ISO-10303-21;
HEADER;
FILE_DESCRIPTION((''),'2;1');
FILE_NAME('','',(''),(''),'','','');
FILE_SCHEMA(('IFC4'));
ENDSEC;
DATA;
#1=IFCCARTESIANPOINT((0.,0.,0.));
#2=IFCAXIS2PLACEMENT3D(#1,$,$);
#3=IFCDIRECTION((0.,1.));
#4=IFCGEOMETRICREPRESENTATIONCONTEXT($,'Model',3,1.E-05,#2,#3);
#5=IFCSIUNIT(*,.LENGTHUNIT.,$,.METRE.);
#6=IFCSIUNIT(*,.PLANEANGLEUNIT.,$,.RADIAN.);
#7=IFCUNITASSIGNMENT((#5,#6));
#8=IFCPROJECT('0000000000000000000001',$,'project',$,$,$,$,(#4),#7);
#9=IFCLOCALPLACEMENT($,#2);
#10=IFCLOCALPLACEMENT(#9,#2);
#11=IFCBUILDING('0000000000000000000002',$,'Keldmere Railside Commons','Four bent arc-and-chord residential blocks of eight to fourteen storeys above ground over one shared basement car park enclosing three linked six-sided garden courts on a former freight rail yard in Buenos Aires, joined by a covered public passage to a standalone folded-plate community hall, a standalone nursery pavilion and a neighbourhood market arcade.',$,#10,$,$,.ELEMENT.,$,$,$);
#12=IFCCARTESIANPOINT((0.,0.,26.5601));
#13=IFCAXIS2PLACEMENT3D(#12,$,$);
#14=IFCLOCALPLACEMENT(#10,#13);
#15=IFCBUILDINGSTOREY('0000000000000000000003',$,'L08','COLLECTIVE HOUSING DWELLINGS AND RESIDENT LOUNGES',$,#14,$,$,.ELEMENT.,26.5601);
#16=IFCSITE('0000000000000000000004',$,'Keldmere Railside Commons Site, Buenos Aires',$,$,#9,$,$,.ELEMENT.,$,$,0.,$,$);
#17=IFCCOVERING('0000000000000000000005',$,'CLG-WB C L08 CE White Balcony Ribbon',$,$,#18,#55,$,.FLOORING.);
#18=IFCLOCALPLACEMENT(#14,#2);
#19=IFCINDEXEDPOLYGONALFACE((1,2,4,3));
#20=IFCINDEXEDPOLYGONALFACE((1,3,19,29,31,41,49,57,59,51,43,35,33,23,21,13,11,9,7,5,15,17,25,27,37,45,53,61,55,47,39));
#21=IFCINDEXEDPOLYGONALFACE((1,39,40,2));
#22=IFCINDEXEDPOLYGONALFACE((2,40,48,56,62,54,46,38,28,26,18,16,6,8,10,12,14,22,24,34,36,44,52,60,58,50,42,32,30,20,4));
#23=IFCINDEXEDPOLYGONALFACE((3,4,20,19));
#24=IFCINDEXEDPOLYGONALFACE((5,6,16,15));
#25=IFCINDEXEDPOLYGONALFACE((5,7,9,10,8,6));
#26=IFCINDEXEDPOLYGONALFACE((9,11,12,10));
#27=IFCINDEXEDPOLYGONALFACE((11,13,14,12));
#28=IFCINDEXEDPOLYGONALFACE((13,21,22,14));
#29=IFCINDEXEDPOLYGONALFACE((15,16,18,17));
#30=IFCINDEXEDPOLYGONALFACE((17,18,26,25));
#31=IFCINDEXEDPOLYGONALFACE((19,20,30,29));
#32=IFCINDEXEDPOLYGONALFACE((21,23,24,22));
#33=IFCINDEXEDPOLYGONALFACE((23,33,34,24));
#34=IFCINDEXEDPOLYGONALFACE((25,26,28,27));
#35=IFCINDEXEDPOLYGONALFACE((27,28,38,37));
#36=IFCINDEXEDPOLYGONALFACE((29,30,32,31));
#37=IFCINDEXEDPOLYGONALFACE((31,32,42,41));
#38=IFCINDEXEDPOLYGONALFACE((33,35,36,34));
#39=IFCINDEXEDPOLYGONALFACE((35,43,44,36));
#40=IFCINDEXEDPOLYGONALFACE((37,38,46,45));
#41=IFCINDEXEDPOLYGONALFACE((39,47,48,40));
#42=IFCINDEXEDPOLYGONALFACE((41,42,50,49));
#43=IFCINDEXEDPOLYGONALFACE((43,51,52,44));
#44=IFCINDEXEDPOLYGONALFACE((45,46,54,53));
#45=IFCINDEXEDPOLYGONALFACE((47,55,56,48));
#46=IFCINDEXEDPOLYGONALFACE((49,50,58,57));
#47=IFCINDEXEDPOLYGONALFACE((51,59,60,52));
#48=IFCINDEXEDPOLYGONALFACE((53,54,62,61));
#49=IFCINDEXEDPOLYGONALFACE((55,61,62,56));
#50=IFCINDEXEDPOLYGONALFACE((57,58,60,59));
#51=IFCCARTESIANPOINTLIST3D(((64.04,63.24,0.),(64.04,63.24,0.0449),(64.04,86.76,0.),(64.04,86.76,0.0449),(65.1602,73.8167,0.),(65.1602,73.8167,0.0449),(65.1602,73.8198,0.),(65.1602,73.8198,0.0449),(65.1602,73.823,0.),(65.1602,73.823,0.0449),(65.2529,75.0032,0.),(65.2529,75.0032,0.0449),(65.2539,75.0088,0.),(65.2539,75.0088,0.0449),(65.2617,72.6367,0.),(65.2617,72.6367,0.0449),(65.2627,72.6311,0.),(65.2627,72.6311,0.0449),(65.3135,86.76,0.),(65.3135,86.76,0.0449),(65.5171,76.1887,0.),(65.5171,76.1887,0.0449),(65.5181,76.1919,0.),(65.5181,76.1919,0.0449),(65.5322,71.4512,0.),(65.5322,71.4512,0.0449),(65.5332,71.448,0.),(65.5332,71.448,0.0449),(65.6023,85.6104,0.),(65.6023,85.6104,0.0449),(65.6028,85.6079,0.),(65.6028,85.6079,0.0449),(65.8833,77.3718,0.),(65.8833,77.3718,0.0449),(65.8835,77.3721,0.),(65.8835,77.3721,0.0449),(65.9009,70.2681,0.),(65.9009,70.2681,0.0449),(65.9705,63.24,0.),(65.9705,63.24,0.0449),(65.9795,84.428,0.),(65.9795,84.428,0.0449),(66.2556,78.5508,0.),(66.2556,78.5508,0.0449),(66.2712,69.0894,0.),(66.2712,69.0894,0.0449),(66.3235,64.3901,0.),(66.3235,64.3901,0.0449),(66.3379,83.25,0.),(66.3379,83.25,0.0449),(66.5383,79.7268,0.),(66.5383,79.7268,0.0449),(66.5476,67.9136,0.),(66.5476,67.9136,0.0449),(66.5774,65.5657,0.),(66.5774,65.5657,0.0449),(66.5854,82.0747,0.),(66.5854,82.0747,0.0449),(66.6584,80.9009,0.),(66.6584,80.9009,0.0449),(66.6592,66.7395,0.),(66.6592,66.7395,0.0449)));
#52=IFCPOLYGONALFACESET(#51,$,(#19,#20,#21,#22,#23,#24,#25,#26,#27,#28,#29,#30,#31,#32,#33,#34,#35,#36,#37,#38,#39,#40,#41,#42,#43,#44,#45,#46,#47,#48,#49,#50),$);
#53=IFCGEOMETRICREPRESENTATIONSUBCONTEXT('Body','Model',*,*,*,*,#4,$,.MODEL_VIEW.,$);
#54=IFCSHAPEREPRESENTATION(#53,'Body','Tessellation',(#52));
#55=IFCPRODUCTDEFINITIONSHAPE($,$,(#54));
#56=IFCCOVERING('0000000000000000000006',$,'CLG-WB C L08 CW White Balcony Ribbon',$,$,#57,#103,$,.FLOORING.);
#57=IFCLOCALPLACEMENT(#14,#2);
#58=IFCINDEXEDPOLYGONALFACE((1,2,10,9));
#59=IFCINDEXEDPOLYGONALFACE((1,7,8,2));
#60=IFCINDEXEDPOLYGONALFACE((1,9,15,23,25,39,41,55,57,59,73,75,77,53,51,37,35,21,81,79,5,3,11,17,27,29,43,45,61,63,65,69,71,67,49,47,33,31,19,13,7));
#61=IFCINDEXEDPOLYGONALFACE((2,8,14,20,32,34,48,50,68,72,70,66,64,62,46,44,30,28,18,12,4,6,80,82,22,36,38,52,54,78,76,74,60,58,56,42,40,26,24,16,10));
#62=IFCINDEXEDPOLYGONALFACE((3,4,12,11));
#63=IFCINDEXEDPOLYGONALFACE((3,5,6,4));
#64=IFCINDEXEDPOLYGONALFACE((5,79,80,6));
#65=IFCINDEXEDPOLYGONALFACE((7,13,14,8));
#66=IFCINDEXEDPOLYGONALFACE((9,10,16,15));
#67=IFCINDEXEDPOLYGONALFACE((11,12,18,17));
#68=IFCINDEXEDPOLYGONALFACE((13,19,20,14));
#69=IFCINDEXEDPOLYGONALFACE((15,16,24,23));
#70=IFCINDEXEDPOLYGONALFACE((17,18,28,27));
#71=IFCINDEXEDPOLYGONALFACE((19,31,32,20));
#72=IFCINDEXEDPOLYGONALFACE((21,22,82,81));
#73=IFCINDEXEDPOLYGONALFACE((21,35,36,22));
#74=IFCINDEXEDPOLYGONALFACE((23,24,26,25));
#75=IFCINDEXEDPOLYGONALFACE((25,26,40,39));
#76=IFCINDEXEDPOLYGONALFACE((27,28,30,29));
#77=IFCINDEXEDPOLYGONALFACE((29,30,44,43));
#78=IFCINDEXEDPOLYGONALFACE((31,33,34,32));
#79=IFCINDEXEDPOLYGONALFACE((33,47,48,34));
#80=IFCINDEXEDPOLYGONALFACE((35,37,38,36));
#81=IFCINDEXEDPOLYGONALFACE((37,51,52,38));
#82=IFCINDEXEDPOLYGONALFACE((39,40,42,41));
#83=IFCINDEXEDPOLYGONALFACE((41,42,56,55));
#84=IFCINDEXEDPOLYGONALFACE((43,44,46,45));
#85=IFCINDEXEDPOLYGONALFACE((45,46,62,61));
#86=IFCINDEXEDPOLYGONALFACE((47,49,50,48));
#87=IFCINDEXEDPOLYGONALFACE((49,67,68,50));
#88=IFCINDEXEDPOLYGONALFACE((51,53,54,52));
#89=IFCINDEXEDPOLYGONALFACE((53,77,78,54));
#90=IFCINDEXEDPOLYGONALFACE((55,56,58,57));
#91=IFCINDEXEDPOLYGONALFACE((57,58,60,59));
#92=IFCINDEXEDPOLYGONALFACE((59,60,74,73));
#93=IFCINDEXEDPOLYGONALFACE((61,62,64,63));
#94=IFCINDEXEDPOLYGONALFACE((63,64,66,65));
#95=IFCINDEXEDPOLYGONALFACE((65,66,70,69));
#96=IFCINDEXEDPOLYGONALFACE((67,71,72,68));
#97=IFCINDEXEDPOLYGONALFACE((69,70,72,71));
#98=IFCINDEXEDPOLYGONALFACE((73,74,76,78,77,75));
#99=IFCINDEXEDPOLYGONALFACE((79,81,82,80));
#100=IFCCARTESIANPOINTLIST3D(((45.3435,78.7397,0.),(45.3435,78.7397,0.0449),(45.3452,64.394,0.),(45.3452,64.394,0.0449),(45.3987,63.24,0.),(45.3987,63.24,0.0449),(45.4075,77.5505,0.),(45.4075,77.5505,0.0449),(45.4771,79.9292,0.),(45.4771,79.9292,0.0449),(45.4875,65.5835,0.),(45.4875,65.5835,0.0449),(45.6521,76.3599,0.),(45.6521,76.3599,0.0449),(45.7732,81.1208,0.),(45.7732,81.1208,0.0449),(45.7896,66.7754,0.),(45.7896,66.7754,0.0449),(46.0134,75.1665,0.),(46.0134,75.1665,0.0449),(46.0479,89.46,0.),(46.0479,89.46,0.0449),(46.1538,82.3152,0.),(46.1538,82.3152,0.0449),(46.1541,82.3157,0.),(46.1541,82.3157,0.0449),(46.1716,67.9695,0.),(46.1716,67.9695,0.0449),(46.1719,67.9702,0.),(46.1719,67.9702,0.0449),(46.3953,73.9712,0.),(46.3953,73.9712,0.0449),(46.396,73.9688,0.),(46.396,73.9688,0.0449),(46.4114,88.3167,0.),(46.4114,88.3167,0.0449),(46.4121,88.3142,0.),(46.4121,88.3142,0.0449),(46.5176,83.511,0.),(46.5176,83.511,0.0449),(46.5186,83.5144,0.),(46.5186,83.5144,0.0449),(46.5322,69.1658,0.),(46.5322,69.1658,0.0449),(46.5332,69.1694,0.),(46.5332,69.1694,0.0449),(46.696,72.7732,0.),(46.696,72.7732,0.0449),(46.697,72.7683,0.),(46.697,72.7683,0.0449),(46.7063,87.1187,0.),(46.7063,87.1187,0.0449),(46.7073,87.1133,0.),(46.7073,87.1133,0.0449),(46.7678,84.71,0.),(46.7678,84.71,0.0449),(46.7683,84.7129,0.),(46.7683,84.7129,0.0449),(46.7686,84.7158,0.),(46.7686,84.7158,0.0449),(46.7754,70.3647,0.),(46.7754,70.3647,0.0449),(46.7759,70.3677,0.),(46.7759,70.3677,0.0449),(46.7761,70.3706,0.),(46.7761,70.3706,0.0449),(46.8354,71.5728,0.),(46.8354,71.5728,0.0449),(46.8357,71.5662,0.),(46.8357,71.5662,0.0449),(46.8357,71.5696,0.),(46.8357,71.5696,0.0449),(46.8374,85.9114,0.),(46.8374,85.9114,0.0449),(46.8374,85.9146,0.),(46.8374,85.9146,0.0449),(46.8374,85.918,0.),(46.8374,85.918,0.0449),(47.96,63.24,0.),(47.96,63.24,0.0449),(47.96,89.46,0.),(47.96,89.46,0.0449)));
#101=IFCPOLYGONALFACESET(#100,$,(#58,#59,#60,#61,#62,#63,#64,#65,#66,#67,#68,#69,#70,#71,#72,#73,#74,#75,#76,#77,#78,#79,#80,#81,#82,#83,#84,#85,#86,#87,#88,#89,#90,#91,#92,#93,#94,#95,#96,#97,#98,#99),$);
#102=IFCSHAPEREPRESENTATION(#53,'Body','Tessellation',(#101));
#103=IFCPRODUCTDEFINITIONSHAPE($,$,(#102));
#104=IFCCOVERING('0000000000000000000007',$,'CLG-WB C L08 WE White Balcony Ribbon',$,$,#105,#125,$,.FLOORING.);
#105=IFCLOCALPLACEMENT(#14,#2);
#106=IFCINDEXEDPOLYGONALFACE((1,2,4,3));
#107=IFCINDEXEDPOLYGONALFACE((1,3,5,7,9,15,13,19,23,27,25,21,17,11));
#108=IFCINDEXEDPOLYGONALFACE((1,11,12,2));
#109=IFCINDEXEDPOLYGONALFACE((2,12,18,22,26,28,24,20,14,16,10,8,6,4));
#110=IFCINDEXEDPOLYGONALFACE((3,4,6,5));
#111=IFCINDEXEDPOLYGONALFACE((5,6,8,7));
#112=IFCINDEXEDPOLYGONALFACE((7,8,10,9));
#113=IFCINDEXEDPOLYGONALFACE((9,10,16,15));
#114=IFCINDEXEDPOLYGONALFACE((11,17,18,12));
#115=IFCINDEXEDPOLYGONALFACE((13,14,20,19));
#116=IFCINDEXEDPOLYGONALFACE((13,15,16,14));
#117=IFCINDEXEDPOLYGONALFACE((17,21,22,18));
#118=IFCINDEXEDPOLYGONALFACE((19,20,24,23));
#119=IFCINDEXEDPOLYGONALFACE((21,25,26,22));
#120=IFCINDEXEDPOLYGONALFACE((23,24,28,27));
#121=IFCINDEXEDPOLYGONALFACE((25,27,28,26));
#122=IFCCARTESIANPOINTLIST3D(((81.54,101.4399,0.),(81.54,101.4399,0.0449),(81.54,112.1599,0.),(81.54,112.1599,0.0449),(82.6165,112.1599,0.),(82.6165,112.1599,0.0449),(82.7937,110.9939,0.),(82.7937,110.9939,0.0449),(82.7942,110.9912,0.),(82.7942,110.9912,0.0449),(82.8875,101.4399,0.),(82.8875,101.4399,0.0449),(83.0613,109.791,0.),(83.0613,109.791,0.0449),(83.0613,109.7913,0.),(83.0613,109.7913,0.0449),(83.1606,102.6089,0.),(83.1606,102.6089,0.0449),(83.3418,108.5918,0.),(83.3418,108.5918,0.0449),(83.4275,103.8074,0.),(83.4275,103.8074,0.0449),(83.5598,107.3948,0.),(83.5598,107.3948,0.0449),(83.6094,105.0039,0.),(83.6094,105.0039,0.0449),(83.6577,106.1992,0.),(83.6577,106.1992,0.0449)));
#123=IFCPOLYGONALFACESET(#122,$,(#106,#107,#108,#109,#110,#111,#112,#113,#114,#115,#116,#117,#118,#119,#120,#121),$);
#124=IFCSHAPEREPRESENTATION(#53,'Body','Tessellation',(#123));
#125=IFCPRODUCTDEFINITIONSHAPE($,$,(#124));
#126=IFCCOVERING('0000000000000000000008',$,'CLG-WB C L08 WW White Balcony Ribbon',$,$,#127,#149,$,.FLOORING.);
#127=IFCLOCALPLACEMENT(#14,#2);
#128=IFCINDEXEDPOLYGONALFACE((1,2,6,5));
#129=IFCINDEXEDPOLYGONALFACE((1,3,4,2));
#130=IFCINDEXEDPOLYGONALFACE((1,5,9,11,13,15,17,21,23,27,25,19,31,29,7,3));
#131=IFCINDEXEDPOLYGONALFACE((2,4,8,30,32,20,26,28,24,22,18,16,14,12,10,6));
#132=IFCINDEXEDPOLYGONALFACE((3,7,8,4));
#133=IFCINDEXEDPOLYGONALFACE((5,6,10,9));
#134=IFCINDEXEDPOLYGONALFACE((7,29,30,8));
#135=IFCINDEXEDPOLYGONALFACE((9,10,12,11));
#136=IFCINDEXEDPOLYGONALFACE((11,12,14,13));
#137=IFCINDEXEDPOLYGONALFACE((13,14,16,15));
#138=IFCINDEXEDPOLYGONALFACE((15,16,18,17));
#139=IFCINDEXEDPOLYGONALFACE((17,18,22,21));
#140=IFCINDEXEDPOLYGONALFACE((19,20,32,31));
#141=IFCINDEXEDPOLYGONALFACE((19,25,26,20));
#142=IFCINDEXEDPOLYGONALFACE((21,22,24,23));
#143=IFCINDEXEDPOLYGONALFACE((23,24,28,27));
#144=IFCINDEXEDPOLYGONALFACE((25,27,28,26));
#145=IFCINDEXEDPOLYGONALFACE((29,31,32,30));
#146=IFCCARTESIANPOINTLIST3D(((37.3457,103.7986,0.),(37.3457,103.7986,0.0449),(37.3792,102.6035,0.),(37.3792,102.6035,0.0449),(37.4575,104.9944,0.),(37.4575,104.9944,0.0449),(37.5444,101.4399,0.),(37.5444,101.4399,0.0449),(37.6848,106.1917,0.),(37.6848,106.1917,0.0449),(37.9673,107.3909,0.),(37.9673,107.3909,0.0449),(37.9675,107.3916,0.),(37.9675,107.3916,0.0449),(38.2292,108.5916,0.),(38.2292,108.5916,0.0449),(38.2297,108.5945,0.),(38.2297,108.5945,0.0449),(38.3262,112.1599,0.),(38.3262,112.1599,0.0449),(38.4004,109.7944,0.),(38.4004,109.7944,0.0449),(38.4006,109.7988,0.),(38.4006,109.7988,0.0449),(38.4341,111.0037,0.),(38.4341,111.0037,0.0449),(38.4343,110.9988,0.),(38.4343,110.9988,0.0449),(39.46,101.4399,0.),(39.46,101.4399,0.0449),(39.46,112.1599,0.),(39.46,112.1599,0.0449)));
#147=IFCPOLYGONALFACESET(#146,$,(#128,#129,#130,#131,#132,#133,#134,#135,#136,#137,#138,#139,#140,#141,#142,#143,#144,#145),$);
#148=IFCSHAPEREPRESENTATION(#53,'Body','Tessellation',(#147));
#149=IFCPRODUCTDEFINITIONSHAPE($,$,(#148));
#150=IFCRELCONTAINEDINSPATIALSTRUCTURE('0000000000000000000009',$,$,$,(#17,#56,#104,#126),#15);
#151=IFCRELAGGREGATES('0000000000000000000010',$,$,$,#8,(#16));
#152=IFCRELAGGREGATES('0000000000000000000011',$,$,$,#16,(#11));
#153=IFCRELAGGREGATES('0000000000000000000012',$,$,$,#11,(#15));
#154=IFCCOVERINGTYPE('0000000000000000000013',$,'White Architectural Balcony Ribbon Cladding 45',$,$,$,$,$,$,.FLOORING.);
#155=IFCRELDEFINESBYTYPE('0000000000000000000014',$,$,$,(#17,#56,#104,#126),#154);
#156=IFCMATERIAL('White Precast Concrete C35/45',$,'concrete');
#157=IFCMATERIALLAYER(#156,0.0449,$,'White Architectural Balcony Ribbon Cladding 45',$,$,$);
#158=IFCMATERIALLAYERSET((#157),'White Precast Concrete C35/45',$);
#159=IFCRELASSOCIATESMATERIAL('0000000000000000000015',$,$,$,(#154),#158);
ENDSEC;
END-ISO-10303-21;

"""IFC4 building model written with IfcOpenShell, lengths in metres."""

from ifc_helpers import new_model, si_unit, direction, frame, origin, place, context, subcontext, project, spatial, polyline, outline, extrude, material, layer, layer_set, type_object, element, save


model = new_model("IFC4")

# Units and contexts
model_context = context("Model", 3, precision=1e-05, world=origin(), true_north=direction((0.0, 1.0)))
body_context = subcontext(model_context, "Body", "Model", "MODEL_VIEW")
ifc_project = project(units=[si_unit("LENGTHUNIT", "METRE"), si_unit("PLANEANGLEUNIT", "RADIAN")], contexts=[model_context])

# Site, building, storey
site_placement = place(None, origin())
site = spatial("IfcSite", under=ifc_project, at=site_placement, Name="Keldmere Railside Commons Site, Buenos Aires", CompositionType="ELEMENT", RefElevation=0.0)
building_placement = place(site_placement, origin())
building = spatial("IfcBuilding", under=site, at=building_placement, Name="Keldmere Railside Commons", Description="Four bent arc-and-chord residential blocks of eight to fourteen storeys above ground over one shared basement car park enclosing three linked six-sided garden courts on a former freight rail yard in Buenos Aires, joined by a covered public passage to a standalone folded-plate community hall, a standalone nursery pavilion and a neighbourhood market arcade.", CompositionType="ELEMENT")
storey_placement = place(building_placement, frame((0.0, 0.0, 26.5601)))
storey = spatial("IfcBuildingStorey", under=building, at=storey_placement, Name="L08", Description="COLLECTIVE HOUSING DWELLINGS AND RESIDENT LOUNGES", CompositionType="ELEMENT", Elevation=26.5601)

# Coverings
ifc_material_1 = material(Name="White Precast Concrete C35/45", Category="concrete")
ifc_layer_1 = layer(ifc_material_1, 0.0449, Name="White Architectural Balcony Ribbon Cladding 45")
ifc_layer_set_1 = layer_set([ifc_layer_1], Name="White Precast Concrete C35/45")
covering_type_1 = type_object("IfcCoveringType", Name="White Architectural Balcony Ribbon Cladding 45", PredefinedType="FLOORING", material=ifc_layer_set_1)
covering_1_placement = place(storey_placement, origin())
element("IfcCovering", 1, at=covering_1_placement, inside=storey, type_object=covering_type_1, Name="CLG-WB C L08 CE White Balcony Ribbon", PredefinedType="FLOORING", context=body_context, shape_type="SweptSolid", body=[
    extrude(outline(polyline([(66.3235, 64.3901), (66.5774, 65.5657), (66.6592, 66.7395), (66.5476, 67.9136), (66.2712, 69.0894), (65.9009, 70.2681), (65.9009, 70.2681), (65.5332, 71.448), (65.5322, 71.4512), (65.2627, 72.6311), (65.2617, 72.6367), (65.1602, 73.8167), (65.1602, 73.8198), (65.1602, 73.823), (65.2529, 75.0032), (65.2539, 75.0088), (65.5171, 76.1887), (65.5181, 76.1919), (65.8833, 77.3718), (65.8835, 77.3721), (66.2556, 78.5508), (66.5383, 79.7268), (66.6584, 80.9009), (66.5854, 82.0747), (66.3379, 83.25), (65.9795, 84.428), (65.6028, 85.6079), (65.6023, 85.6104), (65.3135, 86.76), (64.04, 86.76), (64.04, 63.24), (65.9705, 63.24), (66.3235, 64.3901)])), origin(), (0.0, 0.0, 1.0), 0.0449),
])
covering_2_placement = place(storey_placement, origin())
element("IfcCovering", 2, at=covering_2_placement, inside=storey, type_object=covering_type_1, Name="CLG-WB C L08 CW White Balcony Ribbon", PredefinedType="FLOORING", context=body_context, shape_type="SweptSolid", body=[
    extrude(outline(polyline([(47.96, 89.46), (46.0479, 89.46), (46.4114, 88.3167), (46.4121, 88.3142), (46.7063, 87.1187), (46.7073, 87.1133), (46.8374, 85.918), (46.8374, 85.9146), (46.8374, 85.9114), (46.7686, 84.7158), (46.7683, 84.7129), (46.7678, 84.71), (46.5186, 83.5144), (46.5176, 83.511), (46.1541, 82.3157), (46.1538, 82.3152), (45.7732, 81.1208), (45.4771, 79.9292), (45.3435, 78.7397), (45.4075, 77.5505), (45.6521, 76.3599), (46.0134, 75.1665), (46.3953, 73.9712), (46.396, 73.9688), (46.696, 72.7732), (46.697, 72.7683), (46.8354, 71.5728), (46.8357, 71.5696), (46.8357, 71.5662), (46.7761, 70.3706), (46.7759, 70.3677), (46.7754, 70.3647), (46.5332, 69.1694), (46.5322, 69.1658), (46.1719, 67.9702), (46.1716, 67.9695), (45.7896, 66.7754), (45.4875, 65.5835), (45.3452, 64.394), (45.3987, 63.24), (47.96, 63.24), (47.96, 89.46)])), origin(), (0.0, 0.0, 1.0), 0.0449),
])
covering_3_placement = place(storey_placement, origin())
element("IfcCovering", 3, at=covering_3_placement, inside=storey, type_object=covering_type_1, Name="CLG-WB C L08 WE White Balcony Ribbon", PredefinedType="FLOORING", context=body_context, shape_type="SweptSolid", body=[
    extrude(outline(polyline([(83.1606, 102.6089), (83.4275, 103.8074), (83.6094, 105.0039), (83.6577, 106.1992), (83.5598, 107.3948), (83.3418, 108.5918), (83.0613, 109.791), (83.0613, 109.7913), (82.7942, 110.9912), (82.7937, 110.9939), (82.6165, 112.1599), (81.54, 112.1599), (81.54, 101.4399), (82.8875, 101.4399), (83.1606, 102.6089)])), origin(), (0.0, 0.0, 1.0), 0.0449),
])
covering_4_placement = place(storey_placement, origin())
element("IfcCovering", 4, at=covering_4_placement, inside=storey, type_object=covering_type_1, Name="CLG-WB C L08 WW White Balcony Ribbon", PredefinedType="FLOORING", context=body_context, shape_type="SweptSolid", body=[
    extrude(outline(polyline([(39.46, 112.1599), (38.3262, 112.1599), (38.4341, 111.0037), (38.4343, 110.9988), (38.4006, 109.7988), (38.4004, 109.7944), (38.2297, 108.5945), (38.2292, 108.5916), (37.9675, 107.3916), (37.9673, 107.3909), (37.6848, 106.1917), (37.4575, 104.9944), (37.3457, 103.7986), (37.3792, 102.6035), (37.5444, 101.4399), (39.46, 101.4399), (39.46, 112.1599)])), origin(), (0.0, 0.0, 1.0), 0.0449),
])

save(model, "model.ifc")
